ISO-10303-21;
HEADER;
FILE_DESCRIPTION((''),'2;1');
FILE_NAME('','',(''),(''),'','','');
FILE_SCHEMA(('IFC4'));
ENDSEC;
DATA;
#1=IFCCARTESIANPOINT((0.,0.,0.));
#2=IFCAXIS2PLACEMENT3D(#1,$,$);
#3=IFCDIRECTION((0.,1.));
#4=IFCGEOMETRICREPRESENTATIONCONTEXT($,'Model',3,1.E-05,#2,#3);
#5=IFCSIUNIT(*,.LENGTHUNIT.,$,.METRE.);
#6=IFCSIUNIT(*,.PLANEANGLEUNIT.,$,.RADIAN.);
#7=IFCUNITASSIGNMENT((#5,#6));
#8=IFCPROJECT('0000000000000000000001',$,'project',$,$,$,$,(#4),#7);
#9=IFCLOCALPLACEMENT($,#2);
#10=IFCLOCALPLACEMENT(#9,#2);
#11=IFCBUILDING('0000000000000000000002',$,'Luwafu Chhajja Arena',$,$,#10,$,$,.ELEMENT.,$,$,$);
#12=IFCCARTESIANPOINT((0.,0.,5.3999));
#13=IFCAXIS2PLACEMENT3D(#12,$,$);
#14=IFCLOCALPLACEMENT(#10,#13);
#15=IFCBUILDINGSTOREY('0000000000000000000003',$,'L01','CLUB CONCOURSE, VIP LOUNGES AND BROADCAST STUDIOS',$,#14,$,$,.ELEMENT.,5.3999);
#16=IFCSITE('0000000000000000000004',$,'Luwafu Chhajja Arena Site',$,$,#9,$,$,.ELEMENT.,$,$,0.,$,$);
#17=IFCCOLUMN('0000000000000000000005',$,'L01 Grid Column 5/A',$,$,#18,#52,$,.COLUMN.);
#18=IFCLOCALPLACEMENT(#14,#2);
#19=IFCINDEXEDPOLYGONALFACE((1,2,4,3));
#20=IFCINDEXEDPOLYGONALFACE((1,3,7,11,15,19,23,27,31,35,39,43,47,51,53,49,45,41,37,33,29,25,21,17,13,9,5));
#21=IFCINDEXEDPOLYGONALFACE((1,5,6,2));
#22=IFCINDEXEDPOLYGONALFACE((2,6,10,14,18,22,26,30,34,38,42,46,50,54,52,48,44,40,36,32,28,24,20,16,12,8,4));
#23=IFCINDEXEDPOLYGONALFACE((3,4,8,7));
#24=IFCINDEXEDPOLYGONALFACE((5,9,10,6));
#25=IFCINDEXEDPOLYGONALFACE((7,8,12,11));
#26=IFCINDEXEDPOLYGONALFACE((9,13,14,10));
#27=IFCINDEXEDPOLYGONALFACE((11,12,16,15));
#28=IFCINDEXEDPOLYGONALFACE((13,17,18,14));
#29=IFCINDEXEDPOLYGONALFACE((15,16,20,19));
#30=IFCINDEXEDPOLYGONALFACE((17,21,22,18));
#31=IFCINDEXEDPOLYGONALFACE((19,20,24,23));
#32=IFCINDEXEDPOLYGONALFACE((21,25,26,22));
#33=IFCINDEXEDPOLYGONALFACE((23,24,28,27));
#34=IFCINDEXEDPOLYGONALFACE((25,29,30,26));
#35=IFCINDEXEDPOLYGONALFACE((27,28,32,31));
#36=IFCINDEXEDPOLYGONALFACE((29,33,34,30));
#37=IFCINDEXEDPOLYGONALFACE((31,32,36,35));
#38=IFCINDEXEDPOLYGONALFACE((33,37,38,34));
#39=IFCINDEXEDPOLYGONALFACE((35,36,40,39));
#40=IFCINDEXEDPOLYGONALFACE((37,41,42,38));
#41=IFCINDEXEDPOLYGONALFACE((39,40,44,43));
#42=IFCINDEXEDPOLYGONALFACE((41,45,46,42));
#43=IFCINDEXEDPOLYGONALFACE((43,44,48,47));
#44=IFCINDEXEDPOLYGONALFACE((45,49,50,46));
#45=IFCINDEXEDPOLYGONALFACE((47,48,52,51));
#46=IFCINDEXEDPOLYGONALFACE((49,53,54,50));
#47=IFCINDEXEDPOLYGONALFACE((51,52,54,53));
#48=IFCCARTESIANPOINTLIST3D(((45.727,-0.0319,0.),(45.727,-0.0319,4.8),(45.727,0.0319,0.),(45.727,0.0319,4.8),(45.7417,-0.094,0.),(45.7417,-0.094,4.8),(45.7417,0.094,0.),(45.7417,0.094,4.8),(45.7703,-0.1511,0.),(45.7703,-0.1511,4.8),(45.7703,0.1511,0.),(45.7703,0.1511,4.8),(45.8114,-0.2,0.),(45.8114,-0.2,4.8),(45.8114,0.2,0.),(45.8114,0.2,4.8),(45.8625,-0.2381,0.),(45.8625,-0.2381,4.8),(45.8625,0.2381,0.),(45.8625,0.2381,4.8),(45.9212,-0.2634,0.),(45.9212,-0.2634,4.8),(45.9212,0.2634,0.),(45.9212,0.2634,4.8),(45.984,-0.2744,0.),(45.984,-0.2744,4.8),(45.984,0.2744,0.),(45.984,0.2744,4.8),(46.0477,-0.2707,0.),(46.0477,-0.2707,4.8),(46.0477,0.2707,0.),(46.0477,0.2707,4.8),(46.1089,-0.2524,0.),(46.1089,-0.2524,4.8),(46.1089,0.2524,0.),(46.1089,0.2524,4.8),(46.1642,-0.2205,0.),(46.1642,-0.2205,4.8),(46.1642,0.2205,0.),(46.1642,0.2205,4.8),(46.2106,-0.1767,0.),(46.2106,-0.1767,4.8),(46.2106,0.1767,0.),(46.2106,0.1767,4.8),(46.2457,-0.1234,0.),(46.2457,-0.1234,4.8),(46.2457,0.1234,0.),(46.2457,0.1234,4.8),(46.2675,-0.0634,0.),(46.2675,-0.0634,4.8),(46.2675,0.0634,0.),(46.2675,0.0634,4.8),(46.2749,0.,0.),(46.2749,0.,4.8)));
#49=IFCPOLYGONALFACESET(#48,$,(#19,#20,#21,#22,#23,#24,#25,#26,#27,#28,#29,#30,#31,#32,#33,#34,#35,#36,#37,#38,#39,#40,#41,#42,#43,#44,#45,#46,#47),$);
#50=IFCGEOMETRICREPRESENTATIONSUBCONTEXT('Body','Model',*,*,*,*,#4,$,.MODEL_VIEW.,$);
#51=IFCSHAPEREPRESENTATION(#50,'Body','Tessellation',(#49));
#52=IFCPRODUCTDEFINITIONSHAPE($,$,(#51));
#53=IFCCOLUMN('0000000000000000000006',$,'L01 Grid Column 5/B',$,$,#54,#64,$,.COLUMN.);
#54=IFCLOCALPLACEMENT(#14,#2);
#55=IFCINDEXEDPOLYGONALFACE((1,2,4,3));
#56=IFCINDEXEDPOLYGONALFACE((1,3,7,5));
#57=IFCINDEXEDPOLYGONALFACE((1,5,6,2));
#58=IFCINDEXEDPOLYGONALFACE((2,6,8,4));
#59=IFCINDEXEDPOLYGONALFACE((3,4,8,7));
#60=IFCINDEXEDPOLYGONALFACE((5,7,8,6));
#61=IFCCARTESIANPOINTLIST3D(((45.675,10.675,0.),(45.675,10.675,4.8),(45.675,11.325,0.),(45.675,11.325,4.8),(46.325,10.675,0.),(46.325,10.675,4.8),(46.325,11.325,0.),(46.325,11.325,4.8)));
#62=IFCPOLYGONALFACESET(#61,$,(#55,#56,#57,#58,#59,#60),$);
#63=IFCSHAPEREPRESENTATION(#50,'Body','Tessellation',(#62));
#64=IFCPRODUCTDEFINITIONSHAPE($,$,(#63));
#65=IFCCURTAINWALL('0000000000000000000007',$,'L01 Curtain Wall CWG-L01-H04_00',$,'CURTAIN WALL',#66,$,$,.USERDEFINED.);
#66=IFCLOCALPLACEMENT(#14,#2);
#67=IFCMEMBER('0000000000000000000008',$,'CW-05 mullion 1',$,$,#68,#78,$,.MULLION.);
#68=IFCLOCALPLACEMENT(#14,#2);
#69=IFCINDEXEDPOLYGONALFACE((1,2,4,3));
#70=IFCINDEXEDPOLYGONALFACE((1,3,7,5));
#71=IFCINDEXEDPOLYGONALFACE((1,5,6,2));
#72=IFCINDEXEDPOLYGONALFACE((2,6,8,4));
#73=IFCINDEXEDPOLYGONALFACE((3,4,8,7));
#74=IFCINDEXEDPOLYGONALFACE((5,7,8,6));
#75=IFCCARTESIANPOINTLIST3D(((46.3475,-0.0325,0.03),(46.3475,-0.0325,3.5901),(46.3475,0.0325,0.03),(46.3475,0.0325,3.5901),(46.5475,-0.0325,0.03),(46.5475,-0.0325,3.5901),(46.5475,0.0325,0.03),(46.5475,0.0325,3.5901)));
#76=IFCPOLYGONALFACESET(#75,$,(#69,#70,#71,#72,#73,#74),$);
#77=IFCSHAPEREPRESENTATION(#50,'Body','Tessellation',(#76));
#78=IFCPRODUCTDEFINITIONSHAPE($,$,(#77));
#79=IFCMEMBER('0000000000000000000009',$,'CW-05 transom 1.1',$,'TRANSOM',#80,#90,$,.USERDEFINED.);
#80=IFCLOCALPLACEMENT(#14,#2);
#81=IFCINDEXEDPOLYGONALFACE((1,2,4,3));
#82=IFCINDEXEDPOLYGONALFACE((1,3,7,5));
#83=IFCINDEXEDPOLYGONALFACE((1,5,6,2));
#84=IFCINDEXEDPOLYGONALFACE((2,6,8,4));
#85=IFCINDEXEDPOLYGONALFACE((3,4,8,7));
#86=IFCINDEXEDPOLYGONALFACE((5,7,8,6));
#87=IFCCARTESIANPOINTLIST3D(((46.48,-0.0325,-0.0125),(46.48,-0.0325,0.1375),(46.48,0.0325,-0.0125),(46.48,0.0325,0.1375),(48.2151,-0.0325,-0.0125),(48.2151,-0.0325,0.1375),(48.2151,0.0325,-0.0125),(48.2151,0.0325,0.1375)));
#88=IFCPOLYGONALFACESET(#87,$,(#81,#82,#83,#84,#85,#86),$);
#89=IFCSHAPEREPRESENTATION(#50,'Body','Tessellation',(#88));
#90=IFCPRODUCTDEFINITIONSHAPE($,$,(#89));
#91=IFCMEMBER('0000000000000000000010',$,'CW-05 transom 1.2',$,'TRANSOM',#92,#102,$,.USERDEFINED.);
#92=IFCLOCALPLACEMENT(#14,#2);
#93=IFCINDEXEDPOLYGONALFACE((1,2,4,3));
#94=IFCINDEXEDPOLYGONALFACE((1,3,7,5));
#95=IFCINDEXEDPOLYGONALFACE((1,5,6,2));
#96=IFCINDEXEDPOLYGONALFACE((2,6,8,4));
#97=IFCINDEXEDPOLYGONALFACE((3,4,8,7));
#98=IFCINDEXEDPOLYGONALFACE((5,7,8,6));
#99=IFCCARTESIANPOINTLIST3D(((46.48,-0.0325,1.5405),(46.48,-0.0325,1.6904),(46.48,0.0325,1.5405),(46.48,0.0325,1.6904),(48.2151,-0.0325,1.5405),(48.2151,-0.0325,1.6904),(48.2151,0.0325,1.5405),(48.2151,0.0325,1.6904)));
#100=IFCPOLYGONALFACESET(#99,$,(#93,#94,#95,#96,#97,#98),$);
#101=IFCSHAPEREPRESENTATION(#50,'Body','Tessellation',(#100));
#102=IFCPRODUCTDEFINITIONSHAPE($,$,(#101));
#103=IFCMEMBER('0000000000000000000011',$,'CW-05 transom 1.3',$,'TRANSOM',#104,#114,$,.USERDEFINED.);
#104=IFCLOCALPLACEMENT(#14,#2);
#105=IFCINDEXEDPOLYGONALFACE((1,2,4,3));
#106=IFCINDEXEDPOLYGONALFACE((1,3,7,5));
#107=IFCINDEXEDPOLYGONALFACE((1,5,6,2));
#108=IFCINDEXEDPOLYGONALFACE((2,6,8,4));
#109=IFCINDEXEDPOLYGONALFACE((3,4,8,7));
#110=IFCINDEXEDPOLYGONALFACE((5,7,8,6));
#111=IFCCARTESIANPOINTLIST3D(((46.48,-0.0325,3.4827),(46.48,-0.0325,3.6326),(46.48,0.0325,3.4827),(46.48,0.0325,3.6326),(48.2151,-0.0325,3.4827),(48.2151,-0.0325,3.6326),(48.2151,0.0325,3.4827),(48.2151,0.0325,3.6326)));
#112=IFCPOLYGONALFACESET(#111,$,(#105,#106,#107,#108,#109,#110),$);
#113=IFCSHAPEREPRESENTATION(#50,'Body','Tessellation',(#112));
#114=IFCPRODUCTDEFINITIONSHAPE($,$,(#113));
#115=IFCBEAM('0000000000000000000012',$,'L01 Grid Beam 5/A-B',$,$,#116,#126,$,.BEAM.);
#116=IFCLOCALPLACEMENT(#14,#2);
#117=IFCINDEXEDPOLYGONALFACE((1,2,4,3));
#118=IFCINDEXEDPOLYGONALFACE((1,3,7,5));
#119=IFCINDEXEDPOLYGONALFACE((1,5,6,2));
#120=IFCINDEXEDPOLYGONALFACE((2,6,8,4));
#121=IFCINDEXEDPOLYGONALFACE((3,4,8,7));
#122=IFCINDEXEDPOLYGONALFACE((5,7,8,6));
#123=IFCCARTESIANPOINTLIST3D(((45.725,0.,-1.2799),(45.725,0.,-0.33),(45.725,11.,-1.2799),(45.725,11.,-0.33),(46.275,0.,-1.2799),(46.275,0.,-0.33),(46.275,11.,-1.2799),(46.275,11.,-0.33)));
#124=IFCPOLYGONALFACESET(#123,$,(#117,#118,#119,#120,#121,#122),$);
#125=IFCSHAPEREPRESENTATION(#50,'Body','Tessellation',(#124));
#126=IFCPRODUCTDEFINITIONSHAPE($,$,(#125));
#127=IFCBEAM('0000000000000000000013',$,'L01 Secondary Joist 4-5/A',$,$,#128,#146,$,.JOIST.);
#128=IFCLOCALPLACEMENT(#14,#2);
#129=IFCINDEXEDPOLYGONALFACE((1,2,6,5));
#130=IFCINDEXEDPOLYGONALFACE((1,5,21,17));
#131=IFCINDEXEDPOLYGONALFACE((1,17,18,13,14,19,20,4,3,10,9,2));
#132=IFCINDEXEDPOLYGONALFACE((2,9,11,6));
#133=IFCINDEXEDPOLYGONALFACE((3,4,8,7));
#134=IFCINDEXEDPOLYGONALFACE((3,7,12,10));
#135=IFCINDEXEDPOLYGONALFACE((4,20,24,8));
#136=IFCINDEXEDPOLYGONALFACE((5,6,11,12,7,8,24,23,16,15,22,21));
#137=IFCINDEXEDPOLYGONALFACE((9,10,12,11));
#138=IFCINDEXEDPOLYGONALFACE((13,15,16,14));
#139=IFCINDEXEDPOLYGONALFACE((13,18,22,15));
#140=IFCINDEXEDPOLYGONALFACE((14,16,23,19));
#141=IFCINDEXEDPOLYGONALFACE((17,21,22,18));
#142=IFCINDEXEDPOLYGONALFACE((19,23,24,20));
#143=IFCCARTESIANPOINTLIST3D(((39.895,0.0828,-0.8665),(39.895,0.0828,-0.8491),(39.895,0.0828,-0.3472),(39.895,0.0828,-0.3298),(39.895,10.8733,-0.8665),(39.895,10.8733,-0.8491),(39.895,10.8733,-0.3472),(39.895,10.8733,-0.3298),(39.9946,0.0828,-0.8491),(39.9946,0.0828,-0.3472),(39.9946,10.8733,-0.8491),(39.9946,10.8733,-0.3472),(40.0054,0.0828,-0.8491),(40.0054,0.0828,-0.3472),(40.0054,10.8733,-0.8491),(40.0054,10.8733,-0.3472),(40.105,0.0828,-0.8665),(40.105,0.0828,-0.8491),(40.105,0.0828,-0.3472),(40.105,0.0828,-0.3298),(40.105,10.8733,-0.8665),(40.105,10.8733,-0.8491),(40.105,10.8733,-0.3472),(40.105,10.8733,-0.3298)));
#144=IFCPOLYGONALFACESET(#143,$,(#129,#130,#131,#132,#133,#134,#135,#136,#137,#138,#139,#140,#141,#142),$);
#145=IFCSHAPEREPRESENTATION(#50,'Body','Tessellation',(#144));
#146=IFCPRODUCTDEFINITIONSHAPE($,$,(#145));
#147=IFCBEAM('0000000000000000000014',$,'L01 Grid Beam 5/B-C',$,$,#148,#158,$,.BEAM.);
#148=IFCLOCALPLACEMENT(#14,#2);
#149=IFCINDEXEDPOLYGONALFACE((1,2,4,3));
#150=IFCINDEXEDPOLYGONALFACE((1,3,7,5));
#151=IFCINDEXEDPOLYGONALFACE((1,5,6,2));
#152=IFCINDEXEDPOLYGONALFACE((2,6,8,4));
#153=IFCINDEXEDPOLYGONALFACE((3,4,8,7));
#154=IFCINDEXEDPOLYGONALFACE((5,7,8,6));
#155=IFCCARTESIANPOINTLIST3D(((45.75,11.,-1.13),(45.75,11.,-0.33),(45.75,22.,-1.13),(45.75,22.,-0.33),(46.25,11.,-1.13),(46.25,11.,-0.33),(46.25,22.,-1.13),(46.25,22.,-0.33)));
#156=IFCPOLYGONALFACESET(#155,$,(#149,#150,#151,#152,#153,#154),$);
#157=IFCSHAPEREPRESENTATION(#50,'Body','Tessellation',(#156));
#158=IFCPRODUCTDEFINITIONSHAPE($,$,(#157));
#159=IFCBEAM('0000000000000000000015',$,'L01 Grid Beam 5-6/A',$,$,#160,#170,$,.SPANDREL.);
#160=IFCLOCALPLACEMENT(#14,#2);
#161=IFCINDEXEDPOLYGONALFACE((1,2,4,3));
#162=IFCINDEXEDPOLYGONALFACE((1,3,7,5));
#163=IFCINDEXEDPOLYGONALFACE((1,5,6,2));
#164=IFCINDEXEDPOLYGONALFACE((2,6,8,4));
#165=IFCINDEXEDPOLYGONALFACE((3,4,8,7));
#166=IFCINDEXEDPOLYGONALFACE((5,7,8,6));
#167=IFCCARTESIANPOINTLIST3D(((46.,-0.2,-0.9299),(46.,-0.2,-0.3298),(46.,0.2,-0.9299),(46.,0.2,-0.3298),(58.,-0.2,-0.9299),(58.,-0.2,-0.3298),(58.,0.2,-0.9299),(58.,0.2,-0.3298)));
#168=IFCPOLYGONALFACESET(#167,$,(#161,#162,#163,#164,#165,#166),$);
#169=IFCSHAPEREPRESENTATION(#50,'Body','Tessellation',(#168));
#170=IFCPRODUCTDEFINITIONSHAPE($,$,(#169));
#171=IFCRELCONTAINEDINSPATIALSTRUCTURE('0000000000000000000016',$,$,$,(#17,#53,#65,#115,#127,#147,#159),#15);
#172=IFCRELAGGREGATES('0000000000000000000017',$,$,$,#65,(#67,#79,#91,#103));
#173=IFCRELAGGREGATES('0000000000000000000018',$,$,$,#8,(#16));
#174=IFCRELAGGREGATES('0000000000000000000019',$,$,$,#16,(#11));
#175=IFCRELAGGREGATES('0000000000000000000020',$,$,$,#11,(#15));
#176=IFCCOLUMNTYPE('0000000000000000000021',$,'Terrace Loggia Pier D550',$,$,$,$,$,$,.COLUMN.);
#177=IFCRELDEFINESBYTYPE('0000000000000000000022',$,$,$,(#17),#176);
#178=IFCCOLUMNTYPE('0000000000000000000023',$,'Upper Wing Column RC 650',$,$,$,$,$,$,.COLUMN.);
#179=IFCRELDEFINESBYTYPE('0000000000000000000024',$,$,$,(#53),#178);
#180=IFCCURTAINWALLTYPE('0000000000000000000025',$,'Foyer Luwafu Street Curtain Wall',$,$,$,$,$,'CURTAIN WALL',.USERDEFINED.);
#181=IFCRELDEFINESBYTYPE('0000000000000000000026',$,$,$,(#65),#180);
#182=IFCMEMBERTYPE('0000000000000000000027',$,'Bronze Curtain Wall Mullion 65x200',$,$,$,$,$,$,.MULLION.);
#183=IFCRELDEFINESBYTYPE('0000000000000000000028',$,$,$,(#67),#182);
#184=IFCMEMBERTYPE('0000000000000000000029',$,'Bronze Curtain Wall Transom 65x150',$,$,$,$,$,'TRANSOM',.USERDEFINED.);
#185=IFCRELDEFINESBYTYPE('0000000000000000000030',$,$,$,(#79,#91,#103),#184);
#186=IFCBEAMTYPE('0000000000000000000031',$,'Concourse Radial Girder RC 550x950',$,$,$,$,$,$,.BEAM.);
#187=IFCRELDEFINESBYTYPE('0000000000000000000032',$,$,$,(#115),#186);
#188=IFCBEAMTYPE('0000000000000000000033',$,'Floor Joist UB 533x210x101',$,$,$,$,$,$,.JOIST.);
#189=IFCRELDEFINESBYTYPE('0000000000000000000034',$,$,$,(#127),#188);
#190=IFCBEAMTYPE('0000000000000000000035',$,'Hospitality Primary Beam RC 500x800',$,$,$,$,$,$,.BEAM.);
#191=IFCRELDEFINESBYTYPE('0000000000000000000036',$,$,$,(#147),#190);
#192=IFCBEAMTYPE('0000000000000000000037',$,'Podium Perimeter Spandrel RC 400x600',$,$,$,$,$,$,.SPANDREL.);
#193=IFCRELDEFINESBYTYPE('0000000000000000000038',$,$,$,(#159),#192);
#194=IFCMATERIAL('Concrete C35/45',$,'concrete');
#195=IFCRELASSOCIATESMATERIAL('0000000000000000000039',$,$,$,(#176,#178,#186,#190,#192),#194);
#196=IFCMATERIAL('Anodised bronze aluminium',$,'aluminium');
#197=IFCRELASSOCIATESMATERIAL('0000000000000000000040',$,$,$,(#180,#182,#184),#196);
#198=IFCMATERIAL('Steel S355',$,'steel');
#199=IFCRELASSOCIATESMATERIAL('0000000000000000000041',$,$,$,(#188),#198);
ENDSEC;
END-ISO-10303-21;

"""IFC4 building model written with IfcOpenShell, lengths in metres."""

from ifc_helpers import new_model, si_unit, direction, frame, origin, origin_2d, place, context, subcontext, project, spatial, rectangle, circle, i_section, extrude, material, material_profile, profile_set, type_object, element, aggregate, save


model = new_model("IFC4")

# Units and contexts
model_context = context("Model", 3, precision=1e-05, world=origin(), true_north=direction((0.0, 1.0)))
body_context = subcontext(model_context, "Body", "Model", "MODEL_VIEW")
ifc_project = project(units=[si_unit("LENGTHUNIT", "METRE"), si_unit("PLANEANGLEUNIT", "RADIAN")], contexts=[model_context])

# Site, building, storey
site_placement = place(None, origin())
site = spatial("IfcSite", under=ifc_project, at=site_placement, Name="Luwafu Chhajja Arena Site", CompositionType="ELEMENT", RefElevation=0.0)
building_placement = place(site_placement, origin())
building = spatial("IfcBuilding", under=site, at=building_placement, Name="Luwafu Chhajja Arena", CompositionType="ELEMENT")
storey_placement = place(building_placement, frame((0.0, 0.0, 5.3999)))
storey = spatial("IfcBuildingStorey", under=building, at=storey_placement, Name="L01", Description="CLUB CONCOURSE, VIP LOUNGES AND BROADCAST STUDIOS", CompositionType="ELEMENT", Elevation=5.3999)

# Columns
ifc_material_1 = material(Name="Concrete C35/45", Category="concrete")
ifc_material_profile_1 = material_profile(ifc_material_1, circle(Radius=0.2749, at=origin_2d()), Name="RC COL D550")
ifc_profile_set_1 = profile_set([ifc_material_profile_1], Name="Concrete C35/45")
column_type_1 = type_object("IfcColumnType", Name="Terrace Loggia Pier D550", PredefinedType="COLUMN", material=ifc_profile_set_1)
column_1_placement = place(storey_placement, frame((46.0, 0.0, 0.0), z_axis=(0.0, 0.0, 1.0), x_axis=(1.0, 0.0, 0.0)))
element("IfcColumn", 1, at=column_1_placement, inside=storey, type_object=column_type_1, Name="L01 Grid Column 5/A", PredefinedType="COLUMN", context=body_context, shape_type="SweptSolid", body=[
    extrude(circle(Radius=0.2749, at=origin_2d()), origin(), (0.0, 0.0, 1.0), 4.8),
])
ifc_material_profile_2 = material_profile(ifc_material_1, rectangle(XDim=0.6499, YDim=0.6499, at=origin_2d()), Name="RC 650x650")
ifc_profile_set_2 = profile_set([ifc_material_profile_2], Name="Concrete C35/45")
column_type_2 = type_object("IfcColumnType", Name="Upper Wing Column RC 650", PredefinedType="COLUMN", material=ifc_profile_set_2)
column_2_placement = place(storey_placement, frame((46.0, 11.0, 0.0), z_axis=(0.0, 0.0, 1.0), x_axis=(1.0, 0.0, 0.0)))
element("IfcColumn", 2, at=column_2_placement, inside=storey, type_object=column_type_2, Name="L01 Grid Column 5/B", PredefinedType="COLUMN", context=body_context, shape_type="SweptSolid", body=[
    extrude(rectangle(XDim=0.6499, YDim=0.6499, at=origin_2d()), origin(), (0.0, 0.0, 1.0), 4.8),
])

# Curtain wall, members
ifc_material_2 = material(Name="Anodised bronze aluminium", Category="aluminium")
curtain_wall_type = type_object("IfcCurtainWallType", Name="Foyer Luwafu Street Curtain Wall", ElementType="CURTAIN WALL", PredefinedType="USERDEFINED", material=ifc_material_2)
curtain_wall_placement = place(storey_placement, origin())
curtain_wall = element("IfcCurtainWall", 3, at=curtain_wall_placement, inside=storey, type_object=curtain_wall_type, Name="L01 Curtain Wall CWG-L01-H04_00", ObjectType="CURTAIN WALL", PredefinedType="USERDEFINED")
ifc_material_profile_3 = material_profile(ifc_material_2, rectangle(XDim=0.0649, YDim=0.2, at=origin_2d()), Name="CWM 65x200")
ifc_profile_set_3 = profile_set([ifc_material_profile_3], Name="Anodised bronze aluminium")
member_type_1 = type_object("IfcMemberType", Name="Bronze Curtain Wall Mullion 65x200", PredefinedType="MULLION", material=ifc_profile_set_3)
member_1_placement = place(storey_placement, frame((46.4475, 0.0, 0.03), z_axis=(0.0, 0.0, 1.0), x_axis=(0.0, 1.0, 0.0)))
member_1 = element("IfcMember", 4, at=member_1_placement, type_object=member_type_1, Name="CW-05 mullion 1", PredefinedType="MULLION", context=body_context, shape_type="SweptSolid", body=[
    extrude(rectangle(XDim=0.0649, YDim=0.2, at=origin_2d()), origin(), (0.0, 0.0, 1.0), 3.5601),
])
ifc_material_profile_4 = material_profile(ifc_material_2, rectangle(XDim=0.0649, YDim=0.1499, at=origin_2d()), Name="CWT 65x150")
ifc_profile_set_4 = profile_set([ifc_material_profile_4], Name="Anodised bronze aluminium")
member_type_2 = type_object("IfcMemberType", Name="Bronze Curtain Wall Transom 65x150", ElementType="TRANSOM", PredefinedType="USERDEFINED", material=ifc_profile_set_4)
member_2_placement = place(storey_placement, frame((46.48, 0.0, 0.0625), z_axis=(1.0, 0.0, 0.0), x_axis=(0.0, 1.0, 0.0)))
member_2 = element("IfcMember", 5, at=member_2_placement, type_object=member_type_2, Name="CW-05 transom 1.1", ObjectType="TRANSOM", PredefinedType="USERDEFINED", context=body_context, shape_type="SweptSolid", body=[
    extrude(rectangle(XDim=0.0649, YDim=0.1499, at=origin_2d()), origin(), (0.0, 0.0, 1.0), 1.7351),
])
member_3_placement = place(storey_placement, frame((46.48, 0.0, 1.6155), z_axis=(1.0, 0.0, 0.0), x_axis=(0.0, 1.0, 0.0)))
member_3 = element("IfcMember", 6, at=member_3_placement, type_object=member_type_2, Name="CW-05 transom 1.2", ObjectType="TRANSOM", PredefinedType="USERDEFINED", context=body_context, shape_type="SweptSolid", body=[
    extrude(rectangle(XDim=0.0649, YDim=0.1499, at=origin_2d()), origin(), (0.0, 0.0, 1.0), 1.7351),
])
member_4_placement = place(storey_placement, frame((46.48, 0.0, 3.5576), z_axis=(1.0, 0.0, 0.0), x_axis=(0.0, 1.0, 0.0)))
member_4 = element("IfcMember", 7, at=member_4_placement, type_object=member_type_2, Name="CW-05 transom 1.3", ObjectType="TRANSOM", PredefinedType="USERDEFINED", context=body_context, shape_type="SweptSolid", body=[
    extrude(rectangle(XDim=0.0649, YDim=0.1499, at=origin_2d()), origin(), (0.0, 0.0, 1.0), 1.7351),
])
aggregate(curtain_wall, [member_1, member_2, member_3, member_4])

# Beams
ifc_material_profile_5 = material_profile(ifc_material_1, rectangle(XDim=0.55, YDim=0.95, at=origin_2d()), Name="RC 550x950")
ifc_profile_set_5 = profile_set([ifc_material_profile_5], Name="Concrete C35/45")
beam_type_1 = type_object("IfcBeamType", Name="Concourse Radial Girder RC 550x950", PredefinedType="BEAM", material=ifc_profile_set_5)
beam_1_placement = place(storey_placement, frame((46.0, 0.0, -0.8049), z_axis=(0.0, 1.0, 0.0), x_axis=(-1.0, 0.0, 0.0)))
element("IfcBeam", 8, at=beam_1_placement, inside=storey, type_object=beam_type_1, Name="L01 Grid Beam 5/A-B", PredefinedType="BEAM", context=body_context, shape_type="SweptSolid", body=[
    extrude(rectangle(XDim=0.55, YDim=0.95, at=origin_2d()), origin(), (0.0, 0.0, 1.0), 11.0),
])
ifc_material_3 = material(Name="Steel S355", Category="steel")
ifc_material_profile_6 = material_profile(ifc_material_3, i_section(OverallWidth=0.21, OverallDepth=0.5366, WebThickness=0.0107, FlangeThickness=0.0173, at=origin_2d()), Name="UB 533x210x101")
ifc_profile_set_6 = profile_set([ifc_material_profile_6], Name="Steel S355")
beam_type_2 = type_object("IfcBeamType", Name="Floor Joist UB 533x210x101", PredefinedType="JOIST", material=ifc_profile_set_6)
beam_2_placement = place(storey_placement, frame((40.0, 0.0828, -0.5981), z_axis=(0.0, 1.0, 0.0), x_axis=(-1.0, 0.0, 0.0)))
element("IfcBeam", 9, at=beam_2_placement, inside=storey, type_object=beam_type_2, Name="L01 Secondary Joist 4-5/A", PredefinedType="JOIST", context=body_context, shape_type="SweptSolid", body=[
    extrude(i_section(OverallWidth=0.21, OverallDepth=0.5366, WebThickness=0.0107, FlangeThickness=0.0173, at=origin_2d()), origin(), (0.0, 0.0, 1.0), 10.7905),
])
ifc_material_profile_7 = material_profile(ifc_material_1, rectangle(XDim=0.5, YDim=0.8, at=origin_2d()), Name="RC 500x800")
ifc_profile_set_7 = profile_set([ifc_material_profile_7], Name="Concrete C35/45")
beam_type_3 = type_object("IfcBeamType", Name="Hospitality Primary Beam RC 500x800", PredefinedType="BEAM", material=ifc_profile_set_7)
beam_3_placement = place(storey_placement, frame((46.0, 11.0, -0.73), z_axis=(0.0, 1.0, 0.0), x_axis=(-1.0, 0.0, 0.0)))
element("IfcBeam", 10, at=beam_3_placement, inside=storey, type_object=beam_type_3, Name="L01 Grid Beam 5/B-C", PredefinedType="BEAM", context=body_context, shape_type="SweptSolid", body=[
    extrude(rectangle(XDim=0.5, YDim=0.8, at=origin_2d()), origin(), (0.0, 0.0, 1.0), 11.0),
])
ifc_material_profile_8 = material_profile(ifc_material_1, rectangle(XDim=0.3999, YDim=0.6001, at=origin_2d()), Name="RC 400x600")
ifc_profile_set_8 = profile_set([ifc_material_profile_8], Name="Concrete C35/45")
beam_type_4 = type_object("IfcBeamType", Name="Podium Perimeter Spandrel RC 400x600", PredefinedType="SPANDREL", material=ifc_profile_set_8)
beam_4_placement = place(storey_placement, frame((46.0, 0.0, -0.6299), z_axis=(1.0, 0.0, 0.0), x_axis=(0.0, 1.0, 0.0)))
element("IfcBeam", 11, at=beam_4_placement, inside=storey, type_object=beam_type_4, Name="L01 Grid Beam 5-6/A", PredefinedType="SPANDREL", context=body_context, shape_type="SweptSolid", body=[
    extrude(rectangle(XDim=0.3999, YDim=0.6001, at=origin_2d()), origin(), (0.0, 0.0, 1.0), 12.0),
])

save(model, "model.ifc")
